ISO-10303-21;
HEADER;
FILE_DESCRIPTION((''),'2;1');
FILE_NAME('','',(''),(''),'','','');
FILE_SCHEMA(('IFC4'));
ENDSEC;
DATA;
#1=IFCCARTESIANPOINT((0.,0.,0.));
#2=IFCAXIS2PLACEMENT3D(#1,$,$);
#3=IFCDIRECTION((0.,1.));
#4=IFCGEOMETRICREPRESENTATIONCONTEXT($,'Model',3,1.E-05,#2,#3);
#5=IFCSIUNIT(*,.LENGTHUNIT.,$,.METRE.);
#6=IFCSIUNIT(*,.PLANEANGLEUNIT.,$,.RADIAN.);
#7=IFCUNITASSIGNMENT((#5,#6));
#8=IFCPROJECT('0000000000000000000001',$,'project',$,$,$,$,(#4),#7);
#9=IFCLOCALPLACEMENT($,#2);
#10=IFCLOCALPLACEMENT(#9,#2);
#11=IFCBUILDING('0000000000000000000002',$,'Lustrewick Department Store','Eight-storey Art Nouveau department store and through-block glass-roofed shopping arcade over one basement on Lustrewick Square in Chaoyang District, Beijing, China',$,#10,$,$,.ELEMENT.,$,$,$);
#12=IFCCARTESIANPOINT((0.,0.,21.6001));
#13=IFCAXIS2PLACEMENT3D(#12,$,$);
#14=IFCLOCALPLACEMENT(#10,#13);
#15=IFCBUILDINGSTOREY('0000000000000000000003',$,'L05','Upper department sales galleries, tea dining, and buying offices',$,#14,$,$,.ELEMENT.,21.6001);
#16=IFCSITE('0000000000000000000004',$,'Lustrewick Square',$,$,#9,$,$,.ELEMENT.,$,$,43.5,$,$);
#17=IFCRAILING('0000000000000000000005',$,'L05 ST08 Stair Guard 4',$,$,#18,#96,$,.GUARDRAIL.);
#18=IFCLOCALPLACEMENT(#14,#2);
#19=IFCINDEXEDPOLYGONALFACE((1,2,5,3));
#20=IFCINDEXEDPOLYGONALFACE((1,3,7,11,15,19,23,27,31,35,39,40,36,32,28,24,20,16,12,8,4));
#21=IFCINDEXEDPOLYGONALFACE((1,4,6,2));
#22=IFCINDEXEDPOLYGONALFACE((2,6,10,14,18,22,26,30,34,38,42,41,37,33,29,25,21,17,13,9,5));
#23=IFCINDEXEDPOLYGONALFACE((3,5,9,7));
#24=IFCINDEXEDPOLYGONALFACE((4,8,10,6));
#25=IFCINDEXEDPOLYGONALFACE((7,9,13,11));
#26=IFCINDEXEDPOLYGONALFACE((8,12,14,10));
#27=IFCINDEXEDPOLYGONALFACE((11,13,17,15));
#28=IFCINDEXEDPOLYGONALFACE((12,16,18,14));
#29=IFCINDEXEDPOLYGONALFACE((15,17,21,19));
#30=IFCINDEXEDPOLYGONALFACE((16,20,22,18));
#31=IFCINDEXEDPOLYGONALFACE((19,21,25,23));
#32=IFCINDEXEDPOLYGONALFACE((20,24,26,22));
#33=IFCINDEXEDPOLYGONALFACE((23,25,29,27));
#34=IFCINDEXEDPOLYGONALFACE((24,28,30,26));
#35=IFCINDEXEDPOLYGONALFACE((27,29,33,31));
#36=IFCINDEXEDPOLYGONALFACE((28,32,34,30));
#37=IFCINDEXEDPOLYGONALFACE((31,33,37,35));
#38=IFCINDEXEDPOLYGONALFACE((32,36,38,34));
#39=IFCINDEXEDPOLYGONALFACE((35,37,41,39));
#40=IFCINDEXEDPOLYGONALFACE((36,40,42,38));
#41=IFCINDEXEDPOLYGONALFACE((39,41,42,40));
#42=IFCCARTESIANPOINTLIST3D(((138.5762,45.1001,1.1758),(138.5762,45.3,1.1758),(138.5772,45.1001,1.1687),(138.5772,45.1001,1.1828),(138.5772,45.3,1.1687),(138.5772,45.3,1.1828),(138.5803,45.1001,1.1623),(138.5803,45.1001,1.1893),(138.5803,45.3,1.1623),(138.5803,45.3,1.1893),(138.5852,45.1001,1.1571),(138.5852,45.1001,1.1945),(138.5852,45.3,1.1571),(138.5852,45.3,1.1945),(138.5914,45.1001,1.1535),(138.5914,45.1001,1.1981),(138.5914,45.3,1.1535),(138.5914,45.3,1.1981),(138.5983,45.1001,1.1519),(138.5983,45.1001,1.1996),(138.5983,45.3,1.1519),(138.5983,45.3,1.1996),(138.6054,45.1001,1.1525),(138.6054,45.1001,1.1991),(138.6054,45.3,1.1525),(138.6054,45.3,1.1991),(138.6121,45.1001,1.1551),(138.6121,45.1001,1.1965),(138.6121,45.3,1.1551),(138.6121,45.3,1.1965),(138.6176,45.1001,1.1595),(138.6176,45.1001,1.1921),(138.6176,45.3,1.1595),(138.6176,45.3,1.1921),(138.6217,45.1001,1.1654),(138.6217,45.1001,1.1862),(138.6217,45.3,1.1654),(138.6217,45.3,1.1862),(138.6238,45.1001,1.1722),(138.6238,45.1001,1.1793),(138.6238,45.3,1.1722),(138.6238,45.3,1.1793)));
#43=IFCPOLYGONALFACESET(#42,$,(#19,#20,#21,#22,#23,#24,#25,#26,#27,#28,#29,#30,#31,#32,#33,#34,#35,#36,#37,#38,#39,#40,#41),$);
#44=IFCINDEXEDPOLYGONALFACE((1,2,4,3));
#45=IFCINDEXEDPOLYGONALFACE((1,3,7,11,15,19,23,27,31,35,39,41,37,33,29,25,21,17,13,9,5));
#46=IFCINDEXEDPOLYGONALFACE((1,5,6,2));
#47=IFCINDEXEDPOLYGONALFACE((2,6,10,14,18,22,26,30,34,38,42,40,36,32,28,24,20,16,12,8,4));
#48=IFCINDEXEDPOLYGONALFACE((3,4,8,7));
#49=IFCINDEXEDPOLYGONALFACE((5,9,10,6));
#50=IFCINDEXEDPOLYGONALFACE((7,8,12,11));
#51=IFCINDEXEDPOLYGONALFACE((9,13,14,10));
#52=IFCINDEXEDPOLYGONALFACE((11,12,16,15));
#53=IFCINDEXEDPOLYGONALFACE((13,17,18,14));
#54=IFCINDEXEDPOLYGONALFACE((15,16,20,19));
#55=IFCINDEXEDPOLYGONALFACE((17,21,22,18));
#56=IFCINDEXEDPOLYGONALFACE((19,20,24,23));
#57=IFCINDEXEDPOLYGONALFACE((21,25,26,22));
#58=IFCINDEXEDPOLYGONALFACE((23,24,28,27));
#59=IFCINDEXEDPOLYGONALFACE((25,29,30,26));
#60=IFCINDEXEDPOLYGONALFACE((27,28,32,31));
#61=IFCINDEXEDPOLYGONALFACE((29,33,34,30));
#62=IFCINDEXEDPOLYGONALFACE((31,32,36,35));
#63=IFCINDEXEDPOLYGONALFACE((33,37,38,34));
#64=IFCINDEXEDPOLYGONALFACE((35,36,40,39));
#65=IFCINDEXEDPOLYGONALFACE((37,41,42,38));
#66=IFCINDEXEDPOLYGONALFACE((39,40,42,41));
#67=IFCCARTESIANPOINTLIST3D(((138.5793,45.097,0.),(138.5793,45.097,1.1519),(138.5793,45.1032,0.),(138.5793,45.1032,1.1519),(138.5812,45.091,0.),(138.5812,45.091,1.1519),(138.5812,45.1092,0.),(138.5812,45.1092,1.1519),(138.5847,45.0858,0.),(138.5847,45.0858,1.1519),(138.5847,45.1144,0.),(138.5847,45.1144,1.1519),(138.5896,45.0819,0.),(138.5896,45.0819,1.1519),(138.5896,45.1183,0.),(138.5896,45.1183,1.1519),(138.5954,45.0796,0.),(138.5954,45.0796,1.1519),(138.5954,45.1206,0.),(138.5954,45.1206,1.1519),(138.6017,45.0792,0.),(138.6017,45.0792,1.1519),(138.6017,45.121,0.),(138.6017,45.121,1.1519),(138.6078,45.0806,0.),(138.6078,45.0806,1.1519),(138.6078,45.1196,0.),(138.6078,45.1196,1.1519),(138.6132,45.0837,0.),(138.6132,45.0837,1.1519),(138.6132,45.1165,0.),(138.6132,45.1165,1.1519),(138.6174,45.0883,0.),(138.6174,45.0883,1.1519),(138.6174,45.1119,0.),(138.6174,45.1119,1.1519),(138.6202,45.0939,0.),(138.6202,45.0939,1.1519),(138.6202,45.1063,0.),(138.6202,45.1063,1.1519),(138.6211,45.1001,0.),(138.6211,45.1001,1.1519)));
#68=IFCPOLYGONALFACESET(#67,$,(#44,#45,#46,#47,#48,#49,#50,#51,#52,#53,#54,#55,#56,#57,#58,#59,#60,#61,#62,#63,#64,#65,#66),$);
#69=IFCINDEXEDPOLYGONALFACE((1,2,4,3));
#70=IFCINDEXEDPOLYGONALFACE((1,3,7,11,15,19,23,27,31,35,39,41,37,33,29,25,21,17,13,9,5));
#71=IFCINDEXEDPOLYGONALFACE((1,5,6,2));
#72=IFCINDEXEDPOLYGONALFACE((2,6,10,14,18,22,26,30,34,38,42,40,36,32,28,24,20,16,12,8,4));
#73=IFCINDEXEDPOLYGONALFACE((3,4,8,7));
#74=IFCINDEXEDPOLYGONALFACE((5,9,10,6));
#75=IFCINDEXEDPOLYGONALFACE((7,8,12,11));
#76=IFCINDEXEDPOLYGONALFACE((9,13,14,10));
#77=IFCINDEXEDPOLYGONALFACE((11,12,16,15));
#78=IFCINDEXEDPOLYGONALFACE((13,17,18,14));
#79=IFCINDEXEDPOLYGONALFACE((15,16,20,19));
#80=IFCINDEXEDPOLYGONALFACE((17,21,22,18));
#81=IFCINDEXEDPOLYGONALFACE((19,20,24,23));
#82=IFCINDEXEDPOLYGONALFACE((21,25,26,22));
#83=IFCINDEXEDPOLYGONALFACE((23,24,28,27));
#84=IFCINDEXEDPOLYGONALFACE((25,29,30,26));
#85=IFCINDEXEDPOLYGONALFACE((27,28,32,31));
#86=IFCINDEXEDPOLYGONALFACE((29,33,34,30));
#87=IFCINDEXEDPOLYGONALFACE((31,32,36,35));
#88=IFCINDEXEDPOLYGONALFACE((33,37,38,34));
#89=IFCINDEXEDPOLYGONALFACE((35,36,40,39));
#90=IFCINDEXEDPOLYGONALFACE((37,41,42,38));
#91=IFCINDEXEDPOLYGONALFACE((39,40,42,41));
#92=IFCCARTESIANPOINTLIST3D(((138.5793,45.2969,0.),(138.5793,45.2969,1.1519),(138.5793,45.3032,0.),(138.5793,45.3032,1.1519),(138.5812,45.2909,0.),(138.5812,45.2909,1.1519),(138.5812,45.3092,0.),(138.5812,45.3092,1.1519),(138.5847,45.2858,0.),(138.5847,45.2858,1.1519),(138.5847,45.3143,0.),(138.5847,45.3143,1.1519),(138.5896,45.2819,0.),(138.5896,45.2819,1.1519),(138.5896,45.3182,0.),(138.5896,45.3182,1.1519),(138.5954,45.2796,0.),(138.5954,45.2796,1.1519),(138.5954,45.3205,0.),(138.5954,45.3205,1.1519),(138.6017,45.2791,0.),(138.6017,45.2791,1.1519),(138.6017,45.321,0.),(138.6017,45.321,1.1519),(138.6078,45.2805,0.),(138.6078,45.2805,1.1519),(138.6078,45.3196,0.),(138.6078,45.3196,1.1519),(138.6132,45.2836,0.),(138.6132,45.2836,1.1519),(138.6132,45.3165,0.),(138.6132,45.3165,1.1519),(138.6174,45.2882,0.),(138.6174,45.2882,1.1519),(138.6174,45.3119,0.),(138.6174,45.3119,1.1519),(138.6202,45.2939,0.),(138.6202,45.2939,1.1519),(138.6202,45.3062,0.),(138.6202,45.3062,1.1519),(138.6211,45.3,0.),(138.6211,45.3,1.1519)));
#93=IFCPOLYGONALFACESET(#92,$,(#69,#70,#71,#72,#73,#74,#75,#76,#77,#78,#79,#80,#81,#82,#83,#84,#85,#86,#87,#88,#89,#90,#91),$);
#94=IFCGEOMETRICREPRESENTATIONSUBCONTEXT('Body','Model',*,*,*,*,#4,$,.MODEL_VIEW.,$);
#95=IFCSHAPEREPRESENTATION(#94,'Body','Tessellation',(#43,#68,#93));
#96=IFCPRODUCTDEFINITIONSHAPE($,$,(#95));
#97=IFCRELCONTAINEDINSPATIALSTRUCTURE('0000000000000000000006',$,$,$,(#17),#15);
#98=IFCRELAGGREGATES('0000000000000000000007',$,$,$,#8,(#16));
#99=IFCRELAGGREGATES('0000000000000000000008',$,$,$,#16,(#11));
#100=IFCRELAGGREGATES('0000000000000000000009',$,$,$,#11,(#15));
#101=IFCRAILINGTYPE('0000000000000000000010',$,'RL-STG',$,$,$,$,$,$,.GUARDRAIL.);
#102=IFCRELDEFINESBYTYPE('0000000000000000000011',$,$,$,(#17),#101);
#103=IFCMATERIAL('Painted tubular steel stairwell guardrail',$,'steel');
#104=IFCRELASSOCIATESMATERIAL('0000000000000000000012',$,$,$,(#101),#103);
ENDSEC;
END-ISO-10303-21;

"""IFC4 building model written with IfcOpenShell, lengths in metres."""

from ifc_helpers import new_model, si_unit, direction, frame, origin, origin_2d, place, context, subcontext, project, spatial, circle, extrude, material, type_object, element, save


model = new_model("IFC4")

# Units and contexts
model_context = context("Model", 3, precision=1e-05, world=origin(), true_north=direction((0.0, 1.0)))
body_context = subcontext(model_context, "Body", "Model", "MODEL_VIEW")
ifc_project = project(units=[si_unit("LENGTHUNIT", "METRE"), si_unit("PLANEANGLEUNIT", "RADIAN")], contexts=[model_context])

# Site, building, storey
site_placement = place(None, origin())
site = spatial("IfcSite", under=ifc_project, at=site_placement, Name="Lustrewick Square", CompositionType="ELEMENT", RefElevation=43.5)
building_placement = place(site_placement, origin())
building = spatial("IfcBuilding", under=site, at=building_placement, Name="Lustrewick Department Store", Description="Eight-storey Art Nouveau department store and through-block glass-roofed shopping arcade over one basement on Lustrewick Square in Chaoyang District, Beijing, China", CompositionType="ELEMENT")
storey_placement = place(building_placement, frame((0.0, 0.0, 21.6001)))
storey = spatial("IfcBuildingStorey", under=building, at=storey_placement, Name="L05", Description="Upper department sales galleries, tea dining, and buying offices", CompositionType="ELEMENT", Elevation=21.6001)

# Railing
ifc_material_1 = material(Name="Painted tubular steel stairwell guardrail", Category="steel")
railing_type_1 = type_object("IfcRailingType", Name="RL-STG", PredefinedType="GUARDRAIL", material=ifc_material_1)
railing_1_placement = place(storey_placement, frame((138.6001, 45.1001, 0.0)))
element("IfcRailing", 1, at=railing_1_placement, inside=storey, type_object=railing_type_1, Name="L05 ST08 Stair Guard 4", PredefinedType="GUARDRAIL", context=body_context, shape_type="SweptSolid", body=[
    extrude(circle(Radius=0.0239, at=origin_2d()), frame((0.0, 0.0, 1.1758), z_axis=(0.0, 1.0, 0.0), x_axis=(-1.0, 0.0, 0.0)), (0.0, 0.0, 1.0), 0.2),
    extrude(circle(Radius=0.021, at=origin_2d()), origin(), (0.0, 0.0, 1.0), 1.1519),
    extrude(circle(Radius=0.021, at=origin_2d()), frame((0.0, 0.2, 0.0)), (0.0, 0.0, 1.0), 1.1519),
])

save(model, "model.ifc")
